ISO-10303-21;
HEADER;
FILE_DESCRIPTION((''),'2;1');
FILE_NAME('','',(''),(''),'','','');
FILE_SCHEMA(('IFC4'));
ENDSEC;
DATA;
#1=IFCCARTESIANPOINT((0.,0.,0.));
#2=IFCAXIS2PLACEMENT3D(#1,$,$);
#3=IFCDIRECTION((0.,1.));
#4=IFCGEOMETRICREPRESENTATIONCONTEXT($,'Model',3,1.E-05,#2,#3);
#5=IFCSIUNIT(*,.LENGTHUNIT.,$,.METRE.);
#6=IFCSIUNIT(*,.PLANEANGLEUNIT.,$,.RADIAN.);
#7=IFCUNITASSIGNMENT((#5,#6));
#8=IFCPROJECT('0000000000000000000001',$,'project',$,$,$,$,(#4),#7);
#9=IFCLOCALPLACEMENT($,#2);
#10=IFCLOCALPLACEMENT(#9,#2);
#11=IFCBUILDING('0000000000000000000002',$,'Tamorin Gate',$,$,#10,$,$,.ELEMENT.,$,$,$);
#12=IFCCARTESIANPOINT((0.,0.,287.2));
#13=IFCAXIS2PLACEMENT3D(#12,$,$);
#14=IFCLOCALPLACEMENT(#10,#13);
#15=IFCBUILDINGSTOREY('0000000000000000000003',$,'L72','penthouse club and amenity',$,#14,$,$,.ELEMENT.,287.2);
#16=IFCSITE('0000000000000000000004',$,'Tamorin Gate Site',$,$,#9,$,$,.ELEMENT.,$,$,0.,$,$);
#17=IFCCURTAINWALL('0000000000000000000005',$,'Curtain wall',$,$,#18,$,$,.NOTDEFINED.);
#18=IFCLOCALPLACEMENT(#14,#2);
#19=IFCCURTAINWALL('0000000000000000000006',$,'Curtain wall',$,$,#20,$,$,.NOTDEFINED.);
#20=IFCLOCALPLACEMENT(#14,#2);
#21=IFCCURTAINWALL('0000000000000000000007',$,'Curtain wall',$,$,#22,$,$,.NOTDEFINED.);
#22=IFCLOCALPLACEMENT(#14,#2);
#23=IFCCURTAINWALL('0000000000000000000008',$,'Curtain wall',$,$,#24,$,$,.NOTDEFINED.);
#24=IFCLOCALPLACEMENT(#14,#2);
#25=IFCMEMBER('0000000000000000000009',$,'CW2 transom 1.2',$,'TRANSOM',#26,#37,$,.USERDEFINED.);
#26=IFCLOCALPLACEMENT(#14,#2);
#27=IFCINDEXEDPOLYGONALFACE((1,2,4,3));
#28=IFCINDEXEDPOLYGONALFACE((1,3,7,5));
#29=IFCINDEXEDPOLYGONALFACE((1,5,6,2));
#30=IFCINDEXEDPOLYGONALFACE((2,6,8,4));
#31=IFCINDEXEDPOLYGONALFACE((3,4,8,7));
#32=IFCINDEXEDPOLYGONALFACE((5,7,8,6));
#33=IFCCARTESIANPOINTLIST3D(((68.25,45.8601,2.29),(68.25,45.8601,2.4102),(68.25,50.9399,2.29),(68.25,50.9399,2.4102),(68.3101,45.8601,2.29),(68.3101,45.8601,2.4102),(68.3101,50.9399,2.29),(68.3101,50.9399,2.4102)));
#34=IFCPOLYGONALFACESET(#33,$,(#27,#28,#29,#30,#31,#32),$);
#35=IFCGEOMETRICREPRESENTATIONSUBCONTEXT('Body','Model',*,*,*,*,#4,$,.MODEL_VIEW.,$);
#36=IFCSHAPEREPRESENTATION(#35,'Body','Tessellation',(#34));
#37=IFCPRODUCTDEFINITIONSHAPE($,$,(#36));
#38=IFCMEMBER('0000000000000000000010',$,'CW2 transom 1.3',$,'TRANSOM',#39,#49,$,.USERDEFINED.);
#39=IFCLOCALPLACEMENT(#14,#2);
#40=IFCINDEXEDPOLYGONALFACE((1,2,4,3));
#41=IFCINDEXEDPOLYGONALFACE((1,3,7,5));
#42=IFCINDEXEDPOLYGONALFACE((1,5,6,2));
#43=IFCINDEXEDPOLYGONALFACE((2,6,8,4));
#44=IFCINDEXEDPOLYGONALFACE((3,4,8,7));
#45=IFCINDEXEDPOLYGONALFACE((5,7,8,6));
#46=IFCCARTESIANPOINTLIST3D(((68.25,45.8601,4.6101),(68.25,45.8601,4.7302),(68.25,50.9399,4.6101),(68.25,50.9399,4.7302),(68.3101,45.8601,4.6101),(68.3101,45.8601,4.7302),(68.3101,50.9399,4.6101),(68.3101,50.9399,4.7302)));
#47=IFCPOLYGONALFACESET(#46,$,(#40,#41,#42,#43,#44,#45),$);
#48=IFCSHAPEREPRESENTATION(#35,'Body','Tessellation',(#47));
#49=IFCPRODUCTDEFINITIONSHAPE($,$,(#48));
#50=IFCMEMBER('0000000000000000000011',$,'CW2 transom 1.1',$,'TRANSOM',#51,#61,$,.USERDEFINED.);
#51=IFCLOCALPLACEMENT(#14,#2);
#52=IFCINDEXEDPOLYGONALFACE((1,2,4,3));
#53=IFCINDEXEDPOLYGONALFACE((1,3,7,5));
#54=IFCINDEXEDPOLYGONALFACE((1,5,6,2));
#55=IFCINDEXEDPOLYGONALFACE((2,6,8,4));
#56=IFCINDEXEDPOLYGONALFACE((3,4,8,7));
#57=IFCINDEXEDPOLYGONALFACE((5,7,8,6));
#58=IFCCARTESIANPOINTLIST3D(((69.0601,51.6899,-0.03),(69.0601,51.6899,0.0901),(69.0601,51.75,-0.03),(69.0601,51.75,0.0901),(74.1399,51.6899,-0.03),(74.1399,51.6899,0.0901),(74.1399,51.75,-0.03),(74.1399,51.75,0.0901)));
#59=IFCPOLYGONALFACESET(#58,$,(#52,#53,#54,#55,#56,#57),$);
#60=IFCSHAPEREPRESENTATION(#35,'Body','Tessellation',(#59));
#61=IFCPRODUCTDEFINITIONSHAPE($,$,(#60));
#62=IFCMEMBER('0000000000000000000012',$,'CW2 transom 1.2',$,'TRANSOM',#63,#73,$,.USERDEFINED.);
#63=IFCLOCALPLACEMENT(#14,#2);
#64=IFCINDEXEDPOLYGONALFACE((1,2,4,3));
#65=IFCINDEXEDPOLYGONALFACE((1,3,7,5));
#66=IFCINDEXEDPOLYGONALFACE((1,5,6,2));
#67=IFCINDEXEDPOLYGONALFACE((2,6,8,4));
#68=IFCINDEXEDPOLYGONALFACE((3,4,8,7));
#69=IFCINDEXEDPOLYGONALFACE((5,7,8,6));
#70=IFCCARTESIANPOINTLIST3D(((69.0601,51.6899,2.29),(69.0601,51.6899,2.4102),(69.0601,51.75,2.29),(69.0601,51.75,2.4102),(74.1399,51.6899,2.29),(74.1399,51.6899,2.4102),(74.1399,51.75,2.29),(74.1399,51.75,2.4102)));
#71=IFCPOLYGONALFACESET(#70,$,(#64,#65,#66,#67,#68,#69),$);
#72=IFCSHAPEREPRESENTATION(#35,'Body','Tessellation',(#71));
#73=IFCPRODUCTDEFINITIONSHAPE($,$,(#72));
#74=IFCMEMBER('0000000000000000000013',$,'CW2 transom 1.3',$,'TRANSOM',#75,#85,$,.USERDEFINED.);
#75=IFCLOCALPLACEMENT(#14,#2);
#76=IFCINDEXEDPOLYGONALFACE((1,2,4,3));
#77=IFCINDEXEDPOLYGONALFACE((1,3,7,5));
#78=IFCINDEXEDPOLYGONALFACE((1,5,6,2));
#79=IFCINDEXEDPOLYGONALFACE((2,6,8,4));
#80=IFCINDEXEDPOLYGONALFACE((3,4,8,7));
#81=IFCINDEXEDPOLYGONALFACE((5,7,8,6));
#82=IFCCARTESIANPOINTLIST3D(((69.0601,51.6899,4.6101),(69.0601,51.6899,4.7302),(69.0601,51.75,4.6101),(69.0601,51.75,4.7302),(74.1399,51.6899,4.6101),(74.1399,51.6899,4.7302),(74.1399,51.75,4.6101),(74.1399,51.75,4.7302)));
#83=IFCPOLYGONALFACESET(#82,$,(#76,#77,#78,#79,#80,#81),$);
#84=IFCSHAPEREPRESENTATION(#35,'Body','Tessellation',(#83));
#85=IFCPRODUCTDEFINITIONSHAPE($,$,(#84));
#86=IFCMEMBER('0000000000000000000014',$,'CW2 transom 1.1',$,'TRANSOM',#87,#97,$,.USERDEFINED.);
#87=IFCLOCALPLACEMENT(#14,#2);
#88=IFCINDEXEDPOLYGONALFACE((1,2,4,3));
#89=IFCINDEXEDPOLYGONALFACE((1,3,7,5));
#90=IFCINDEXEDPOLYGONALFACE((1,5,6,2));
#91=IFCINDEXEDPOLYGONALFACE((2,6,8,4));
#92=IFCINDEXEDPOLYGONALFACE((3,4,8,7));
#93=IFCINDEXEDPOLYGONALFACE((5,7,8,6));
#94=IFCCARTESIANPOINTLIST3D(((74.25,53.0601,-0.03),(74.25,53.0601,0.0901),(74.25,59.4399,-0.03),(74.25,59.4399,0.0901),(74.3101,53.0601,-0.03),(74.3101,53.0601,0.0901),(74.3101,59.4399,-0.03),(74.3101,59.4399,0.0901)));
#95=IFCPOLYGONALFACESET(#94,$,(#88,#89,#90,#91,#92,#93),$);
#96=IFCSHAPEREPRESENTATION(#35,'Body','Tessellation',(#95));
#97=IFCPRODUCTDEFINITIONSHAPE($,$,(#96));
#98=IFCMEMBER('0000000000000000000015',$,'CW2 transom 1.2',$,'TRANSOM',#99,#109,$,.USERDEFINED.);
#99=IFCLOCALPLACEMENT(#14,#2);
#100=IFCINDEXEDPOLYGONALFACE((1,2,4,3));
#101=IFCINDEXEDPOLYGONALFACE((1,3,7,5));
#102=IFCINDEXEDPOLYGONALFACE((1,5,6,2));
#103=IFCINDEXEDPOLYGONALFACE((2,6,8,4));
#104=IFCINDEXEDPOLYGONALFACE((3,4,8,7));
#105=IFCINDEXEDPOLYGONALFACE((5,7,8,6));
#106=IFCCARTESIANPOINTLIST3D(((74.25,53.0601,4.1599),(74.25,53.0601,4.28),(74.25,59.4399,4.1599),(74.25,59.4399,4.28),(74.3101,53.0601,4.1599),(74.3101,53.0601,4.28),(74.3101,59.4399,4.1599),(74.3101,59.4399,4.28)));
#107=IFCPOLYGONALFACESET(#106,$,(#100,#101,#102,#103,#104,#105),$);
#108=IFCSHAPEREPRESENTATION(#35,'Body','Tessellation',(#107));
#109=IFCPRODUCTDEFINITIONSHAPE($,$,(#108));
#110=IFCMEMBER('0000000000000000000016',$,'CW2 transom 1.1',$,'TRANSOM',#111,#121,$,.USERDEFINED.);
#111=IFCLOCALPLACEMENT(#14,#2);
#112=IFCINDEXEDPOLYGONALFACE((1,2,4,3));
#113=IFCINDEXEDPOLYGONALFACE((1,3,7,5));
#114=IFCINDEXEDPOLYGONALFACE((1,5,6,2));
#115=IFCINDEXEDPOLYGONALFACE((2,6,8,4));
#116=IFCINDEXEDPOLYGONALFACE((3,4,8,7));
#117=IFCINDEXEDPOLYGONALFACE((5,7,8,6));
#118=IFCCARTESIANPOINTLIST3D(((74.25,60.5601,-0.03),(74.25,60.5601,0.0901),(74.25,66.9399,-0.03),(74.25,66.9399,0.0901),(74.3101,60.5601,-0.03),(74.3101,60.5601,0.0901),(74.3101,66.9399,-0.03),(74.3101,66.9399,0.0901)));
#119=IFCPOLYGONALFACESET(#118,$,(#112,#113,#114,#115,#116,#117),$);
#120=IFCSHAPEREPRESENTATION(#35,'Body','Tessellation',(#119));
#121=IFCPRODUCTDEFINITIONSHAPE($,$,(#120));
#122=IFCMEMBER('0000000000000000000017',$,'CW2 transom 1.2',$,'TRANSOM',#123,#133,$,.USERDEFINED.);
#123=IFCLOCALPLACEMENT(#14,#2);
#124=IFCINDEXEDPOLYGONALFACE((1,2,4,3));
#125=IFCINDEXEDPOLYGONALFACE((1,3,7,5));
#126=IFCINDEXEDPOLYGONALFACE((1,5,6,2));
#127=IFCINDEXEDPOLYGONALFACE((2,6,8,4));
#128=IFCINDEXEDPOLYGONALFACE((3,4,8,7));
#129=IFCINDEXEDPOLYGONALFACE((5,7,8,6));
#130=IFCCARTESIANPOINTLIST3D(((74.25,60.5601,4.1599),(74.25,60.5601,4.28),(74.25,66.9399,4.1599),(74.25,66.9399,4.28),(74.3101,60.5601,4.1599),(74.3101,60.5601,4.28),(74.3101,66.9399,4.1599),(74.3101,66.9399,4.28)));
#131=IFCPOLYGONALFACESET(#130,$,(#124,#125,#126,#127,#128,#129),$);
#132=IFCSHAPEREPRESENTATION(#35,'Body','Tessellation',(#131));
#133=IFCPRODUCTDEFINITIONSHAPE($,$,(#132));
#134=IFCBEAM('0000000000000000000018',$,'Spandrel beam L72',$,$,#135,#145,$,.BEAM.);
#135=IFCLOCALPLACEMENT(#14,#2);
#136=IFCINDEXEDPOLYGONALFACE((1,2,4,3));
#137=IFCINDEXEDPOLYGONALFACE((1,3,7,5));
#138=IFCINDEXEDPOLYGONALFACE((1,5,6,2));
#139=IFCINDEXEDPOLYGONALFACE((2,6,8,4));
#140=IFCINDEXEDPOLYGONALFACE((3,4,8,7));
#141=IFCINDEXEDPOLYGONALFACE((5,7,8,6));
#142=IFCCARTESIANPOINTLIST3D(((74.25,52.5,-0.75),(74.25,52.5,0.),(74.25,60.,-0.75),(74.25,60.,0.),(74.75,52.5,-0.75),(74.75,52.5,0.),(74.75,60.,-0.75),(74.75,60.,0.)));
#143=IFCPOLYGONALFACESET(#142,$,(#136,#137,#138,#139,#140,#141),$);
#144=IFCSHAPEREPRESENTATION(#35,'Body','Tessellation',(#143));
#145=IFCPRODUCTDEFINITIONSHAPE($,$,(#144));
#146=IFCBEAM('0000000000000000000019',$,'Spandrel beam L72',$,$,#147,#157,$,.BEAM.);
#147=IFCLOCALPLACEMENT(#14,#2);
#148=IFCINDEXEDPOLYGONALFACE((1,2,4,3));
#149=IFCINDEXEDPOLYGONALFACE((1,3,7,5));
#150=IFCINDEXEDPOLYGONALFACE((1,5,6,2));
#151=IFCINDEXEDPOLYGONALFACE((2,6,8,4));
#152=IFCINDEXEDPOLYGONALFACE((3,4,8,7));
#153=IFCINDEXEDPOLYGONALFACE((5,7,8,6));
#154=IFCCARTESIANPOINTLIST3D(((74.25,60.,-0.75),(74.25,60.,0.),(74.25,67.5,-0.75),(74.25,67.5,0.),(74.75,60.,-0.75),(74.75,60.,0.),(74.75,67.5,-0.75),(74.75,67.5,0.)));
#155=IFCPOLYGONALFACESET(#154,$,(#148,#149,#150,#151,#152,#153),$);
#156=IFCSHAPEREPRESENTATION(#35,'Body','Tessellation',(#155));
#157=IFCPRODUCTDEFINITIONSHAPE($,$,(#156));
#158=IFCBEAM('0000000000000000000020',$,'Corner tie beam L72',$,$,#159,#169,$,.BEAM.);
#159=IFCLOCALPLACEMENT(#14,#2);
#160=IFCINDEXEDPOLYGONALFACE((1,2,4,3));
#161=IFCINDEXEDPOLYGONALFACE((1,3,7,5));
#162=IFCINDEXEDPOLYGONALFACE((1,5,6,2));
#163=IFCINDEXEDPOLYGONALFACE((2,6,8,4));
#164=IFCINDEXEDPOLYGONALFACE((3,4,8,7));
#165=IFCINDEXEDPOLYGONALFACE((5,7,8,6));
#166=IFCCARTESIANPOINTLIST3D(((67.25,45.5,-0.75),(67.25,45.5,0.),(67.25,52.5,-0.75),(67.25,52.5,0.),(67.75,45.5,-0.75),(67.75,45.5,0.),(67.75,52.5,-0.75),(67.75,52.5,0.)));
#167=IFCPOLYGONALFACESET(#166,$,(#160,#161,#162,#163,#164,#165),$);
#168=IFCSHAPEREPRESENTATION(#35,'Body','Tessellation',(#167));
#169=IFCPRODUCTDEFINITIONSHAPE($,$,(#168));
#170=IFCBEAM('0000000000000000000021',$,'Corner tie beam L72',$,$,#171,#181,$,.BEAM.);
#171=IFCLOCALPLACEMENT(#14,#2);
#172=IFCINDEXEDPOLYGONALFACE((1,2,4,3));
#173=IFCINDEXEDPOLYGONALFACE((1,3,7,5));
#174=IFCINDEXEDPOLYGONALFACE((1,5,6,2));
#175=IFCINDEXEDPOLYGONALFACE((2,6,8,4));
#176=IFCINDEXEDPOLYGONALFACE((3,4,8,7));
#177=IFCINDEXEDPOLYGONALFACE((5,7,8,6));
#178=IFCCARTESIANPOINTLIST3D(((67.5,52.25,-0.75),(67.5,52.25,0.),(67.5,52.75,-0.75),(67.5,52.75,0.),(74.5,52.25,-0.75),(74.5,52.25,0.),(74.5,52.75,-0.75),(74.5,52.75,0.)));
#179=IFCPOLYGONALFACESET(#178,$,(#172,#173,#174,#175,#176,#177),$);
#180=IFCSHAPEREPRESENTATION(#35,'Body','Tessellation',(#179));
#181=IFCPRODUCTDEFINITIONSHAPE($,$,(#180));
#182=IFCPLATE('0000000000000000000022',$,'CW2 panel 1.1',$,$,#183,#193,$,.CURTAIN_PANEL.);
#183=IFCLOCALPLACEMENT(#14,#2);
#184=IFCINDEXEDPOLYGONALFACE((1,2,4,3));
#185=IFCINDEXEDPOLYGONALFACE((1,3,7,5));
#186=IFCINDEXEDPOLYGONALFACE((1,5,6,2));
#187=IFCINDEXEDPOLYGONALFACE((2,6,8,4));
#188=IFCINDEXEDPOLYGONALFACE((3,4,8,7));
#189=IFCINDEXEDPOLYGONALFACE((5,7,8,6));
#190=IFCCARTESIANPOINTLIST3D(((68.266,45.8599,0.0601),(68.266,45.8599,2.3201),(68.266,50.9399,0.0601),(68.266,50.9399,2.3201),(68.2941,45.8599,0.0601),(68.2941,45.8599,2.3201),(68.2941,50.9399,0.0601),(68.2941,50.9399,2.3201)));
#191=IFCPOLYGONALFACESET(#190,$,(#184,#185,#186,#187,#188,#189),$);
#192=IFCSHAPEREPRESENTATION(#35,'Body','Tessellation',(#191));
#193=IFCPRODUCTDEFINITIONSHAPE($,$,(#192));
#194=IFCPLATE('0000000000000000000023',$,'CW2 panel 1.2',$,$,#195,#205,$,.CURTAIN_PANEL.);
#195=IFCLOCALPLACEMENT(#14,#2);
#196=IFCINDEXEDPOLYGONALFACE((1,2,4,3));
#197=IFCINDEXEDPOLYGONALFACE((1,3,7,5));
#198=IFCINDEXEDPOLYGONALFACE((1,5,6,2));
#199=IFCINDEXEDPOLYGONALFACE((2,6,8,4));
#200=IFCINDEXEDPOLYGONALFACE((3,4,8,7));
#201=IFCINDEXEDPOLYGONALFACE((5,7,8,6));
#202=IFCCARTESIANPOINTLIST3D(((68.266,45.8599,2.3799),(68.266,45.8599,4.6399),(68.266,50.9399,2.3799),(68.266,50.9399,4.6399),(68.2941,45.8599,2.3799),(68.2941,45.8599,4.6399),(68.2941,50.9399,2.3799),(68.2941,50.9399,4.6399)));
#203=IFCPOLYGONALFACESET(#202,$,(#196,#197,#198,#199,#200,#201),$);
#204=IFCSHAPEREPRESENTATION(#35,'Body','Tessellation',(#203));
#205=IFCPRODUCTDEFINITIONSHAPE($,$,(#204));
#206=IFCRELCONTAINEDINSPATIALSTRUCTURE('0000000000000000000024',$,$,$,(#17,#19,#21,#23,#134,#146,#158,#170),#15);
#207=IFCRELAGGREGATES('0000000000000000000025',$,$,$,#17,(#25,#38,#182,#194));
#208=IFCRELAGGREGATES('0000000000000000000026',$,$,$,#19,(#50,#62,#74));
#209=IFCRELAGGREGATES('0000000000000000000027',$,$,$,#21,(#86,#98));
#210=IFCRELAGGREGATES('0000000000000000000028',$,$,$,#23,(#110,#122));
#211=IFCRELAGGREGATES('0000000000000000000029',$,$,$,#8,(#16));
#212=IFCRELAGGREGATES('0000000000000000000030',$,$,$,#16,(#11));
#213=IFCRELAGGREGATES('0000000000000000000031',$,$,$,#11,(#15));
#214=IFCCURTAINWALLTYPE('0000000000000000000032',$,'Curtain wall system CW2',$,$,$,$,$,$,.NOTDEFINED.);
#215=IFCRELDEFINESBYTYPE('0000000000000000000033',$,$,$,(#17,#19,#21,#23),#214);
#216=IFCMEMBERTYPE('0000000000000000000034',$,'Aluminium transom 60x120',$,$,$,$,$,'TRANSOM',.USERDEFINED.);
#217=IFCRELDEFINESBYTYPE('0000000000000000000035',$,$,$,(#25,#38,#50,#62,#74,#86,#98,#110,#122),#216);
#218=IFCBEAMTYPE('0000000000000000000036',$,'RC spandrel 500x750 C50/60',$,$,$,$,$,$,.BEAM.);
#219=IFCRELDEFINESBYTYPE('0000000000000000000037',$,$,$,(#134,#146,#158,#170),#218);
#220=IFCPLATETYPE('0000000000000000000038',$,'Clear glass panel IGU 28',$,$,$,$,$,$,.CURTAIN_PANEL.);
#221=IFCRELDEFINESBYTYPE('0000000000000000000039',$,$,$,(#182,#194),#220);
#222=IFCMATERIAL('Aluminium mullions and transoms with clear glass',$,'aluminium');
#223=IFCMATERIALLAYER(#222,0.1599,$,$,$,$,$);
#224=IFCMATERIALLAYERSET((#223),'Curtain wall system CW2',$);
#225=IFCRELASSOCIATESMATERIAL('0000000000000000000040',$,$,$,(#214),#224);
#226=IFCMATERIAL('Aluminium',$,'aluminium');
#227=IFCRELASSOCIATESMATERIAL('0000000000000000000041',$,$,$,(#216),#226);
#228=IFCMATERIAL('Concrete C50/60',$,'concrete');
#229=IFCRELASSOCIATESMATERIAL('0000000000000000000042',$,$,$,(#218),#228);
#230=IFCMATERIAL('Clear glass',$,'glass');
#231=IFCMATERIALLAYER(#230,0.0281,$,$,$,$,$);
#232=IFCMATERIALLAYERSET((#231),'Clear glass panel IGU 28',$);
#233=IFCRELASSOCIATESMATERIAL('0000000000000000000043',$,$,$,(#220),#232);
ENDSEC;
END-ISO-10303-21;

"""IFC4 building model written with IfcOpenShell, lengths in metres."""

from ifc_helpers import new_model, si_unit, direction, frame, origin, origin_2d, place, context, subcontext, project, spatial, rectangle, extrude, material, layer, layer_set, material_profile, profile_set, type_object, element, aggregate, save


model = new_model("IFC4")

# Units and contexts
model_context = context("Model", 3, precision=1e-05, world=origin(), true_north=direction((0.0, 1.0)))
body_context = subcontext(model_context, "Body", "Model", "MODEL_VIEW")
ifc_project = project(units=[si_unit("LENGTHUNIT", "METRE"), si_unit("PLANEANGLEUNIT", "RADIAN")], contexts=[model_context])

# Site, building, storey
site_placement = place(None, origin())
site = spatial("IfcSite", under=ifc_project, at=site_placement, Name="Tamorin Gate Site", CompositionType="ELEMENT", RefElevation=0.0)
building_placement = place(site_placement, origin())
building = spatial("IfcBuilding", under=site, at=building_placement, Name="Tamorin Gate", CompositionType="ELEMENT")
storey_placement = place(building_placement, frame((0.0, 0.0, 287.2)))
storey = spatial("IfcBuildingStorey", under=building, at=storey_placement, Name="L72", Description="penthouse club and amenity", CompositionType="ELEMENT", Elevation=287.2)

# Shared definitions
ifc_material_1 = material(Name="Concrete C50/60", Category="concrete")

# Curtain walls
ifc_material_2 = material(Name="Aluminium mullions and transoms with clear glass", Category="aluminium")
ifc_layer_1 = layer(ifc_material_2, 0.1599)
ifc_layer_set_1 = layer_set([ifc_layer_1], Name="Curtain wall system CW2")
curtain_wall_type = type_object("IfcCurtainWallType", Name="Curtain wall system CW2", PredefinedType="NOTDEFINED", material=ifc_layer_set_1)
curtain_wall_1_placement = place(storey_placement, origin())
curtain_wall_1 = element("IfcCurtainWall", 1, at=curtain_wall_1_placement, inside=storey, type_object=curtain_wall_type, Name="Curtain wall", PredefinedType="NOTDEFINED")
ifc_material_3 = material(Name="Aluminium", Category="aluminium")
curtain_wall_2_placement = place(storey_placement, origin())
curtain_wall_2 = element("IfcCurtainWall", 2, at=curtain_wall_2_placement, inside=storey, type_object=curtain_wall_type, Name="Curtain wall", PredefinedType="NOTDEFINED")
curtain_wall_3_placement = place(storey_placement, origin())
curtain_wall_3 = element("IfcCurtainWall", 3, at=curtain_wall_3_placement, inside=storey, type_object=curtain_wall_type, Name="Curtain wall", PredefinedType="NOTDEFINED")
curtain_wall_4_placement = place(storey_placement, origin())
curtain_wall_4 = element("IfcCurtainWall", 4, at=curtain_wall_4_placement, inside=storey, type_object=curtain_wall_type, Name="Curtain wall", PredefinedType="NOTDEFINED")

# Members
ifc_material_profile_1 = material_profile(ifc_material_3, rectangle(XDim=0.0601, YDim=0.1201, at=origin_2d()), Name="RECT 60x120")
ifc_profile_set_1 = profile_set([ifc_material_profile_1], Name="Aluminium")
member_type_1 = type_object("IfcMemberType", Name="Aluminium transom 60x120", ElementType="TRANSOM", PredefinedType="USERDEFINED", material=ifc_profile_set_1)
member_1_placement = place(storey_placement, frame((68.28, 45.8601, 2.3501), z_axis=(0.0, 1.0, 0.0), x_axis=(-1.0, 0.0, 0.0)))
member_1 = element("IfcMember", 5, at=member_1_placement, type_object=member_type_1, Name="CW2 transom 1.2", ObjectType="TRANSOM", PredefinedType="USERDEFINED", context=body_context, shape_type="SweptSolid", body=[
    extrude(rectangle(XDim=0.0601, YDim=0.1201, at=origin_2d()), origin(), (0.0, 0.0, 1.0), 5.0798),
])
member_2_placement = place(storey_placement, frame((68.28, 45.8601, 4.6702), z_axis=(0.0, 1.0, 0.0), x_axis=(-1.0, 0.0, 0.0)))
member_2 = element("IfcMember", 6, at=member_2_placement, type_object=member_type_1, Name="CW2 transom 1.3", ObjectType="TRANSOM", PredefinedType="USERDEFINED", context=body_context, shape_type="SweptSolid", body=[
    extrude(rectangle(XDim=0.0601, YDim=0.1201, at=origin_2d()), origin(), (0.0, 0.0, 1.0), 5.0798),
])
member_3_placement = place(storey_placement, frame((69.0601, 51.72, 0.03), z_axis=(1.0, 0.0, 0.0), x_axis=(0.0, 1.0, 0.0)))
member_3 = element("IfcMember", 7, at=member_3_placement, type_object=member_type_1, Name="CW2 transom 1.1", ObjectType="TRANSOM", PredefinedType="USERDEFINED", context=body_context, shape_type="SweptSolid", body=[
    extrude(rectangle(XDim=0.0601, YDim=0.1201, at=origin_2d()), origin(), (0.0, 0.0, 1.0), 5.0798),
])
member_4_placement = place(storey_placement, frame((69.0601, 51.72, 2.3501), z_axis=(1.0, 0.0, 0.0), x_axis=(0.0, 1.0, 0.0)))
member_4 = element("IfcMember", 8, at=member_4_placement, type_object=member_type_1, Name="CW2 transom 1.2", ObjectType="TRANSOM", PredefinedType="USERDEFINED", context=body_context, shape_type="SweptSolid", body=[
    extrude(rectangle(XDim=0.0601, YDim=0.1201, at=origin_2d()), origin(), (0.0, 0.0, 1.0), 5.0798),
])
member_5_placement = place(storey_placement, frame((69.0601, 51.72, 4.6702), z_axis=(1.0, 0.0, 0.0), x_axis=(0.0, 1.0, 0.0)))
member_5 = element("IfcMember", 9, at=member_5_placement, type_object=member_type_1, Name="CW2 transom 1.3", ObjectType="TRANSOM", PredefinedType="USERDEFINED", context=body_context, shape_type="SweptSolid", body=[
    extrude(rectangle(XDim=0.0601, YDim=0.1201, at=origin_2d()), origin(), (0.0, 0.0, 1.0), 5.0798),
])
member_6_placement = place(storey_placement, frame((74.28, 53.0601, 0.03), z_axis=(0.0, 1.0, 0.0), x_axis=(-1.0, 0.0, 0.0)))
member_6 = element("IfcMember", 10, at=member_6_placement, type_object=member_type_1, Name="CW2 transom 1.1", ObjectType="TRANSOM", PredefinedType="USERDEFINED", context=body_context, shape_type="SweptSolid", body=[
    extrude(rectangle(XDim=0.0601, YDim=0.1201, at=origin_2d()), origin(), (0.0, 0.0, 1.0), 6.3799),
])
member_7_placement = place(storey_placement, frame((74.28, 53.0601, 4.22), z_axis=(0.0, 1.0, 0.0), x_axis=(-1.0, 0.0, 0.0)))
member_7 = element("IfcMember", 11, at=member_7_placement, type_object=member_type_1, Name="CW2 transom 1.2", ObjectType="TRANSOM", PredefinedType="USERDEFINED", context=body_context, shape_type="SweptSolid", body=[
    extrude(rectangle(XDim=0.0601, YDim=0.1201, at=origin_2d()), origin(), (0.0, 0.0, 1.0), 6.3799),
])
member_8_placement = place(storey_placement, frame((74.28, 60.5601, 0.03), z_axis=(0.0, 1.0, 0.0), x_axis=(-1.0, 0.0, 0.0)))
member_8 = element("IfcMember", 12, at=member_8_placement, type_object=member_type_1, Name="CW2 transom 1.1", ObjectType="TRANSOM", PredefinedType="USERDEFINED", context=body_context, shape_type="SweptSolid", body=[
    extrude(rectangle(XDim=0.0601, YDim=0.1201, at=origin_2d()), origin(), (0.0, 0.0, 1.0), 6.3799),
])
member_9_placement = place(storey_placement, frame((74.28, 60.5601, 4.22), z_axis=(0.0, 1.0, 0.0), x_axis=(-1.0, 0.0, 0.0)))
member_9 = element("IfcMember", 13, at=member_9_placement, type_object=member_type_1, Name="CW2 transom 1.2", ObjectType="TRANSOM", PredefinedType="USERDEFINED", context=body_context, shape_type="SweptSolid", body=[
    extrude(rectangle(XDim=0.0601, YDim=0.1201, at=origin_2d()), origin(), (0.0, 0.0, 1.0), 6.3799),
])

# Beams
ifc_material_profile_2 = material_profile(ifc_material_1, rectangle(XDim=0.5, YDim=0.75, at=origin_2d()), Name="RC 500x750")
ifc_profile_set_2 = profile_set([ifc_material_profile_2], Name="Concrete C50/60")
beam_type = type_object("IfcBeamType", Name="RC spandrel 500x750 C50/60", PredefinedType="BEAM", material=ifc_profile_set_2)
for number, where, z_axis, x_axis, name in (
    (14, (74.5, 52.5, -0.375), (0.0, 1.0, 0.0), (-1.0, 0.0, 0.0), "Spandrel beam L72"),
    (15, (74.5, 60.0, -0.375), (0.0, 1.0, 0.0), (-1.0, 0.0, 0.0), "Spandrel beam L72"),
):
    element("IfcBeam", number, at=place(storey_placement, frame(where, z_axis=z_axis, x_axis=x_axis)), inside=storey, type_object=beam_type, Name=name, PredefinedType="BEAM", context=body_context, shape_type="SweptSolid", body=[
        extrude(rectangle(XDim=0.5, YDim=0.75, at=origin_2d()), origin(), (0.0, 0.0, 1.0), 7.5),
    ])
for number, where, z_axis, x_axis, name in (
    (16, (67.5, 52.5, -0.375), (0.0, -1.0, 0.0), (1.0, 0.0, 0.0), "Corner tie beam L72"),
    (17, (67.5, 52.5, -0.375), (1.0, 0.0, 0.0), (0.0, 1.0, 0.0), "Corner tie beam L72"),
):
    element("IfcBeam", number, at=place(storey_placement, frame(where, z_axis=z_axis, x_axis=x_axis)), inside=storey, type_object=beam_type, Name=name, PredefinedType="BEAM", context=body_context, shape_type="SweptSolid", body=[
        extrude(rectangle(XDim=0.5, YDim=0.75, at=origin_2d()), origin(), (0.0, 0.0, 1.0), 7.0),
    ])

# Plates
ifc_material_4 = material(Name="Clear glass", Category="glass")
ifc_layer_2 = layer(ifc_material_4, 0.0281)
ifc_layer_set_2 = layer_set([ifc_layer_2], Name="Clear glass panel IGU 28")
plate_type = type_object("IfcPlateType", Name="Clear glass panel IGU 28", PredefinedType="CURTAIN_PANEL", material=ifc_layer_set_2)
plate_1_placement = place(storey_placement, frame((68.28, 48.3999, 0.0601), z_axis=(0.0, 0.0, 1.0), x_axis=(0.0, 1.0, 0.0)))
plate_1 = element("IfcPlate", 18, at=plate_1_placement, type_object=plate_type, Name="CW2 panel 1.1", PredefinedType="CURTAIN_PANEL", context=body_context, shape_type="SweptSolid", body=[
    extrude(rectangle(XDim=5.0801, YDim=0.0281, at=origin_2d()), origin(), (0.0, 0.0, 1.0), 2.26),
])
plate_2_placement = place(storey_placement, frame((68.28, 48.3999, 2.3799), z_axis=(0.0, 0.0, 1.0), x_axis=(0.0, 1.0, 0.0)))
plate_2 = element("IfcPlate", 19, at=plate_2_placement, type_object=plate_type, Name="CW2 panel 1.2", PredefinedType="CURTAIN_PANEL", context=body_context, shape_type="SweptSolid", body=[
    extrude(rectangle(XDim=5.0801, YDim=0.0281, at=origin_2d()), origin(), (0.0, 0.0, 1.0), 2.26),
])
aggregate(curtain_wall_1, [member_1, member_2, plate_1, plate_2])
aggregate(curtain_wall_2, [member_3, member_4, member_5])
aggregate(curtain_wall_3, [member_6, member_7])
aggregate(curtain_wall_4, [member_8, member_9])

save(model, "model.ifc")
